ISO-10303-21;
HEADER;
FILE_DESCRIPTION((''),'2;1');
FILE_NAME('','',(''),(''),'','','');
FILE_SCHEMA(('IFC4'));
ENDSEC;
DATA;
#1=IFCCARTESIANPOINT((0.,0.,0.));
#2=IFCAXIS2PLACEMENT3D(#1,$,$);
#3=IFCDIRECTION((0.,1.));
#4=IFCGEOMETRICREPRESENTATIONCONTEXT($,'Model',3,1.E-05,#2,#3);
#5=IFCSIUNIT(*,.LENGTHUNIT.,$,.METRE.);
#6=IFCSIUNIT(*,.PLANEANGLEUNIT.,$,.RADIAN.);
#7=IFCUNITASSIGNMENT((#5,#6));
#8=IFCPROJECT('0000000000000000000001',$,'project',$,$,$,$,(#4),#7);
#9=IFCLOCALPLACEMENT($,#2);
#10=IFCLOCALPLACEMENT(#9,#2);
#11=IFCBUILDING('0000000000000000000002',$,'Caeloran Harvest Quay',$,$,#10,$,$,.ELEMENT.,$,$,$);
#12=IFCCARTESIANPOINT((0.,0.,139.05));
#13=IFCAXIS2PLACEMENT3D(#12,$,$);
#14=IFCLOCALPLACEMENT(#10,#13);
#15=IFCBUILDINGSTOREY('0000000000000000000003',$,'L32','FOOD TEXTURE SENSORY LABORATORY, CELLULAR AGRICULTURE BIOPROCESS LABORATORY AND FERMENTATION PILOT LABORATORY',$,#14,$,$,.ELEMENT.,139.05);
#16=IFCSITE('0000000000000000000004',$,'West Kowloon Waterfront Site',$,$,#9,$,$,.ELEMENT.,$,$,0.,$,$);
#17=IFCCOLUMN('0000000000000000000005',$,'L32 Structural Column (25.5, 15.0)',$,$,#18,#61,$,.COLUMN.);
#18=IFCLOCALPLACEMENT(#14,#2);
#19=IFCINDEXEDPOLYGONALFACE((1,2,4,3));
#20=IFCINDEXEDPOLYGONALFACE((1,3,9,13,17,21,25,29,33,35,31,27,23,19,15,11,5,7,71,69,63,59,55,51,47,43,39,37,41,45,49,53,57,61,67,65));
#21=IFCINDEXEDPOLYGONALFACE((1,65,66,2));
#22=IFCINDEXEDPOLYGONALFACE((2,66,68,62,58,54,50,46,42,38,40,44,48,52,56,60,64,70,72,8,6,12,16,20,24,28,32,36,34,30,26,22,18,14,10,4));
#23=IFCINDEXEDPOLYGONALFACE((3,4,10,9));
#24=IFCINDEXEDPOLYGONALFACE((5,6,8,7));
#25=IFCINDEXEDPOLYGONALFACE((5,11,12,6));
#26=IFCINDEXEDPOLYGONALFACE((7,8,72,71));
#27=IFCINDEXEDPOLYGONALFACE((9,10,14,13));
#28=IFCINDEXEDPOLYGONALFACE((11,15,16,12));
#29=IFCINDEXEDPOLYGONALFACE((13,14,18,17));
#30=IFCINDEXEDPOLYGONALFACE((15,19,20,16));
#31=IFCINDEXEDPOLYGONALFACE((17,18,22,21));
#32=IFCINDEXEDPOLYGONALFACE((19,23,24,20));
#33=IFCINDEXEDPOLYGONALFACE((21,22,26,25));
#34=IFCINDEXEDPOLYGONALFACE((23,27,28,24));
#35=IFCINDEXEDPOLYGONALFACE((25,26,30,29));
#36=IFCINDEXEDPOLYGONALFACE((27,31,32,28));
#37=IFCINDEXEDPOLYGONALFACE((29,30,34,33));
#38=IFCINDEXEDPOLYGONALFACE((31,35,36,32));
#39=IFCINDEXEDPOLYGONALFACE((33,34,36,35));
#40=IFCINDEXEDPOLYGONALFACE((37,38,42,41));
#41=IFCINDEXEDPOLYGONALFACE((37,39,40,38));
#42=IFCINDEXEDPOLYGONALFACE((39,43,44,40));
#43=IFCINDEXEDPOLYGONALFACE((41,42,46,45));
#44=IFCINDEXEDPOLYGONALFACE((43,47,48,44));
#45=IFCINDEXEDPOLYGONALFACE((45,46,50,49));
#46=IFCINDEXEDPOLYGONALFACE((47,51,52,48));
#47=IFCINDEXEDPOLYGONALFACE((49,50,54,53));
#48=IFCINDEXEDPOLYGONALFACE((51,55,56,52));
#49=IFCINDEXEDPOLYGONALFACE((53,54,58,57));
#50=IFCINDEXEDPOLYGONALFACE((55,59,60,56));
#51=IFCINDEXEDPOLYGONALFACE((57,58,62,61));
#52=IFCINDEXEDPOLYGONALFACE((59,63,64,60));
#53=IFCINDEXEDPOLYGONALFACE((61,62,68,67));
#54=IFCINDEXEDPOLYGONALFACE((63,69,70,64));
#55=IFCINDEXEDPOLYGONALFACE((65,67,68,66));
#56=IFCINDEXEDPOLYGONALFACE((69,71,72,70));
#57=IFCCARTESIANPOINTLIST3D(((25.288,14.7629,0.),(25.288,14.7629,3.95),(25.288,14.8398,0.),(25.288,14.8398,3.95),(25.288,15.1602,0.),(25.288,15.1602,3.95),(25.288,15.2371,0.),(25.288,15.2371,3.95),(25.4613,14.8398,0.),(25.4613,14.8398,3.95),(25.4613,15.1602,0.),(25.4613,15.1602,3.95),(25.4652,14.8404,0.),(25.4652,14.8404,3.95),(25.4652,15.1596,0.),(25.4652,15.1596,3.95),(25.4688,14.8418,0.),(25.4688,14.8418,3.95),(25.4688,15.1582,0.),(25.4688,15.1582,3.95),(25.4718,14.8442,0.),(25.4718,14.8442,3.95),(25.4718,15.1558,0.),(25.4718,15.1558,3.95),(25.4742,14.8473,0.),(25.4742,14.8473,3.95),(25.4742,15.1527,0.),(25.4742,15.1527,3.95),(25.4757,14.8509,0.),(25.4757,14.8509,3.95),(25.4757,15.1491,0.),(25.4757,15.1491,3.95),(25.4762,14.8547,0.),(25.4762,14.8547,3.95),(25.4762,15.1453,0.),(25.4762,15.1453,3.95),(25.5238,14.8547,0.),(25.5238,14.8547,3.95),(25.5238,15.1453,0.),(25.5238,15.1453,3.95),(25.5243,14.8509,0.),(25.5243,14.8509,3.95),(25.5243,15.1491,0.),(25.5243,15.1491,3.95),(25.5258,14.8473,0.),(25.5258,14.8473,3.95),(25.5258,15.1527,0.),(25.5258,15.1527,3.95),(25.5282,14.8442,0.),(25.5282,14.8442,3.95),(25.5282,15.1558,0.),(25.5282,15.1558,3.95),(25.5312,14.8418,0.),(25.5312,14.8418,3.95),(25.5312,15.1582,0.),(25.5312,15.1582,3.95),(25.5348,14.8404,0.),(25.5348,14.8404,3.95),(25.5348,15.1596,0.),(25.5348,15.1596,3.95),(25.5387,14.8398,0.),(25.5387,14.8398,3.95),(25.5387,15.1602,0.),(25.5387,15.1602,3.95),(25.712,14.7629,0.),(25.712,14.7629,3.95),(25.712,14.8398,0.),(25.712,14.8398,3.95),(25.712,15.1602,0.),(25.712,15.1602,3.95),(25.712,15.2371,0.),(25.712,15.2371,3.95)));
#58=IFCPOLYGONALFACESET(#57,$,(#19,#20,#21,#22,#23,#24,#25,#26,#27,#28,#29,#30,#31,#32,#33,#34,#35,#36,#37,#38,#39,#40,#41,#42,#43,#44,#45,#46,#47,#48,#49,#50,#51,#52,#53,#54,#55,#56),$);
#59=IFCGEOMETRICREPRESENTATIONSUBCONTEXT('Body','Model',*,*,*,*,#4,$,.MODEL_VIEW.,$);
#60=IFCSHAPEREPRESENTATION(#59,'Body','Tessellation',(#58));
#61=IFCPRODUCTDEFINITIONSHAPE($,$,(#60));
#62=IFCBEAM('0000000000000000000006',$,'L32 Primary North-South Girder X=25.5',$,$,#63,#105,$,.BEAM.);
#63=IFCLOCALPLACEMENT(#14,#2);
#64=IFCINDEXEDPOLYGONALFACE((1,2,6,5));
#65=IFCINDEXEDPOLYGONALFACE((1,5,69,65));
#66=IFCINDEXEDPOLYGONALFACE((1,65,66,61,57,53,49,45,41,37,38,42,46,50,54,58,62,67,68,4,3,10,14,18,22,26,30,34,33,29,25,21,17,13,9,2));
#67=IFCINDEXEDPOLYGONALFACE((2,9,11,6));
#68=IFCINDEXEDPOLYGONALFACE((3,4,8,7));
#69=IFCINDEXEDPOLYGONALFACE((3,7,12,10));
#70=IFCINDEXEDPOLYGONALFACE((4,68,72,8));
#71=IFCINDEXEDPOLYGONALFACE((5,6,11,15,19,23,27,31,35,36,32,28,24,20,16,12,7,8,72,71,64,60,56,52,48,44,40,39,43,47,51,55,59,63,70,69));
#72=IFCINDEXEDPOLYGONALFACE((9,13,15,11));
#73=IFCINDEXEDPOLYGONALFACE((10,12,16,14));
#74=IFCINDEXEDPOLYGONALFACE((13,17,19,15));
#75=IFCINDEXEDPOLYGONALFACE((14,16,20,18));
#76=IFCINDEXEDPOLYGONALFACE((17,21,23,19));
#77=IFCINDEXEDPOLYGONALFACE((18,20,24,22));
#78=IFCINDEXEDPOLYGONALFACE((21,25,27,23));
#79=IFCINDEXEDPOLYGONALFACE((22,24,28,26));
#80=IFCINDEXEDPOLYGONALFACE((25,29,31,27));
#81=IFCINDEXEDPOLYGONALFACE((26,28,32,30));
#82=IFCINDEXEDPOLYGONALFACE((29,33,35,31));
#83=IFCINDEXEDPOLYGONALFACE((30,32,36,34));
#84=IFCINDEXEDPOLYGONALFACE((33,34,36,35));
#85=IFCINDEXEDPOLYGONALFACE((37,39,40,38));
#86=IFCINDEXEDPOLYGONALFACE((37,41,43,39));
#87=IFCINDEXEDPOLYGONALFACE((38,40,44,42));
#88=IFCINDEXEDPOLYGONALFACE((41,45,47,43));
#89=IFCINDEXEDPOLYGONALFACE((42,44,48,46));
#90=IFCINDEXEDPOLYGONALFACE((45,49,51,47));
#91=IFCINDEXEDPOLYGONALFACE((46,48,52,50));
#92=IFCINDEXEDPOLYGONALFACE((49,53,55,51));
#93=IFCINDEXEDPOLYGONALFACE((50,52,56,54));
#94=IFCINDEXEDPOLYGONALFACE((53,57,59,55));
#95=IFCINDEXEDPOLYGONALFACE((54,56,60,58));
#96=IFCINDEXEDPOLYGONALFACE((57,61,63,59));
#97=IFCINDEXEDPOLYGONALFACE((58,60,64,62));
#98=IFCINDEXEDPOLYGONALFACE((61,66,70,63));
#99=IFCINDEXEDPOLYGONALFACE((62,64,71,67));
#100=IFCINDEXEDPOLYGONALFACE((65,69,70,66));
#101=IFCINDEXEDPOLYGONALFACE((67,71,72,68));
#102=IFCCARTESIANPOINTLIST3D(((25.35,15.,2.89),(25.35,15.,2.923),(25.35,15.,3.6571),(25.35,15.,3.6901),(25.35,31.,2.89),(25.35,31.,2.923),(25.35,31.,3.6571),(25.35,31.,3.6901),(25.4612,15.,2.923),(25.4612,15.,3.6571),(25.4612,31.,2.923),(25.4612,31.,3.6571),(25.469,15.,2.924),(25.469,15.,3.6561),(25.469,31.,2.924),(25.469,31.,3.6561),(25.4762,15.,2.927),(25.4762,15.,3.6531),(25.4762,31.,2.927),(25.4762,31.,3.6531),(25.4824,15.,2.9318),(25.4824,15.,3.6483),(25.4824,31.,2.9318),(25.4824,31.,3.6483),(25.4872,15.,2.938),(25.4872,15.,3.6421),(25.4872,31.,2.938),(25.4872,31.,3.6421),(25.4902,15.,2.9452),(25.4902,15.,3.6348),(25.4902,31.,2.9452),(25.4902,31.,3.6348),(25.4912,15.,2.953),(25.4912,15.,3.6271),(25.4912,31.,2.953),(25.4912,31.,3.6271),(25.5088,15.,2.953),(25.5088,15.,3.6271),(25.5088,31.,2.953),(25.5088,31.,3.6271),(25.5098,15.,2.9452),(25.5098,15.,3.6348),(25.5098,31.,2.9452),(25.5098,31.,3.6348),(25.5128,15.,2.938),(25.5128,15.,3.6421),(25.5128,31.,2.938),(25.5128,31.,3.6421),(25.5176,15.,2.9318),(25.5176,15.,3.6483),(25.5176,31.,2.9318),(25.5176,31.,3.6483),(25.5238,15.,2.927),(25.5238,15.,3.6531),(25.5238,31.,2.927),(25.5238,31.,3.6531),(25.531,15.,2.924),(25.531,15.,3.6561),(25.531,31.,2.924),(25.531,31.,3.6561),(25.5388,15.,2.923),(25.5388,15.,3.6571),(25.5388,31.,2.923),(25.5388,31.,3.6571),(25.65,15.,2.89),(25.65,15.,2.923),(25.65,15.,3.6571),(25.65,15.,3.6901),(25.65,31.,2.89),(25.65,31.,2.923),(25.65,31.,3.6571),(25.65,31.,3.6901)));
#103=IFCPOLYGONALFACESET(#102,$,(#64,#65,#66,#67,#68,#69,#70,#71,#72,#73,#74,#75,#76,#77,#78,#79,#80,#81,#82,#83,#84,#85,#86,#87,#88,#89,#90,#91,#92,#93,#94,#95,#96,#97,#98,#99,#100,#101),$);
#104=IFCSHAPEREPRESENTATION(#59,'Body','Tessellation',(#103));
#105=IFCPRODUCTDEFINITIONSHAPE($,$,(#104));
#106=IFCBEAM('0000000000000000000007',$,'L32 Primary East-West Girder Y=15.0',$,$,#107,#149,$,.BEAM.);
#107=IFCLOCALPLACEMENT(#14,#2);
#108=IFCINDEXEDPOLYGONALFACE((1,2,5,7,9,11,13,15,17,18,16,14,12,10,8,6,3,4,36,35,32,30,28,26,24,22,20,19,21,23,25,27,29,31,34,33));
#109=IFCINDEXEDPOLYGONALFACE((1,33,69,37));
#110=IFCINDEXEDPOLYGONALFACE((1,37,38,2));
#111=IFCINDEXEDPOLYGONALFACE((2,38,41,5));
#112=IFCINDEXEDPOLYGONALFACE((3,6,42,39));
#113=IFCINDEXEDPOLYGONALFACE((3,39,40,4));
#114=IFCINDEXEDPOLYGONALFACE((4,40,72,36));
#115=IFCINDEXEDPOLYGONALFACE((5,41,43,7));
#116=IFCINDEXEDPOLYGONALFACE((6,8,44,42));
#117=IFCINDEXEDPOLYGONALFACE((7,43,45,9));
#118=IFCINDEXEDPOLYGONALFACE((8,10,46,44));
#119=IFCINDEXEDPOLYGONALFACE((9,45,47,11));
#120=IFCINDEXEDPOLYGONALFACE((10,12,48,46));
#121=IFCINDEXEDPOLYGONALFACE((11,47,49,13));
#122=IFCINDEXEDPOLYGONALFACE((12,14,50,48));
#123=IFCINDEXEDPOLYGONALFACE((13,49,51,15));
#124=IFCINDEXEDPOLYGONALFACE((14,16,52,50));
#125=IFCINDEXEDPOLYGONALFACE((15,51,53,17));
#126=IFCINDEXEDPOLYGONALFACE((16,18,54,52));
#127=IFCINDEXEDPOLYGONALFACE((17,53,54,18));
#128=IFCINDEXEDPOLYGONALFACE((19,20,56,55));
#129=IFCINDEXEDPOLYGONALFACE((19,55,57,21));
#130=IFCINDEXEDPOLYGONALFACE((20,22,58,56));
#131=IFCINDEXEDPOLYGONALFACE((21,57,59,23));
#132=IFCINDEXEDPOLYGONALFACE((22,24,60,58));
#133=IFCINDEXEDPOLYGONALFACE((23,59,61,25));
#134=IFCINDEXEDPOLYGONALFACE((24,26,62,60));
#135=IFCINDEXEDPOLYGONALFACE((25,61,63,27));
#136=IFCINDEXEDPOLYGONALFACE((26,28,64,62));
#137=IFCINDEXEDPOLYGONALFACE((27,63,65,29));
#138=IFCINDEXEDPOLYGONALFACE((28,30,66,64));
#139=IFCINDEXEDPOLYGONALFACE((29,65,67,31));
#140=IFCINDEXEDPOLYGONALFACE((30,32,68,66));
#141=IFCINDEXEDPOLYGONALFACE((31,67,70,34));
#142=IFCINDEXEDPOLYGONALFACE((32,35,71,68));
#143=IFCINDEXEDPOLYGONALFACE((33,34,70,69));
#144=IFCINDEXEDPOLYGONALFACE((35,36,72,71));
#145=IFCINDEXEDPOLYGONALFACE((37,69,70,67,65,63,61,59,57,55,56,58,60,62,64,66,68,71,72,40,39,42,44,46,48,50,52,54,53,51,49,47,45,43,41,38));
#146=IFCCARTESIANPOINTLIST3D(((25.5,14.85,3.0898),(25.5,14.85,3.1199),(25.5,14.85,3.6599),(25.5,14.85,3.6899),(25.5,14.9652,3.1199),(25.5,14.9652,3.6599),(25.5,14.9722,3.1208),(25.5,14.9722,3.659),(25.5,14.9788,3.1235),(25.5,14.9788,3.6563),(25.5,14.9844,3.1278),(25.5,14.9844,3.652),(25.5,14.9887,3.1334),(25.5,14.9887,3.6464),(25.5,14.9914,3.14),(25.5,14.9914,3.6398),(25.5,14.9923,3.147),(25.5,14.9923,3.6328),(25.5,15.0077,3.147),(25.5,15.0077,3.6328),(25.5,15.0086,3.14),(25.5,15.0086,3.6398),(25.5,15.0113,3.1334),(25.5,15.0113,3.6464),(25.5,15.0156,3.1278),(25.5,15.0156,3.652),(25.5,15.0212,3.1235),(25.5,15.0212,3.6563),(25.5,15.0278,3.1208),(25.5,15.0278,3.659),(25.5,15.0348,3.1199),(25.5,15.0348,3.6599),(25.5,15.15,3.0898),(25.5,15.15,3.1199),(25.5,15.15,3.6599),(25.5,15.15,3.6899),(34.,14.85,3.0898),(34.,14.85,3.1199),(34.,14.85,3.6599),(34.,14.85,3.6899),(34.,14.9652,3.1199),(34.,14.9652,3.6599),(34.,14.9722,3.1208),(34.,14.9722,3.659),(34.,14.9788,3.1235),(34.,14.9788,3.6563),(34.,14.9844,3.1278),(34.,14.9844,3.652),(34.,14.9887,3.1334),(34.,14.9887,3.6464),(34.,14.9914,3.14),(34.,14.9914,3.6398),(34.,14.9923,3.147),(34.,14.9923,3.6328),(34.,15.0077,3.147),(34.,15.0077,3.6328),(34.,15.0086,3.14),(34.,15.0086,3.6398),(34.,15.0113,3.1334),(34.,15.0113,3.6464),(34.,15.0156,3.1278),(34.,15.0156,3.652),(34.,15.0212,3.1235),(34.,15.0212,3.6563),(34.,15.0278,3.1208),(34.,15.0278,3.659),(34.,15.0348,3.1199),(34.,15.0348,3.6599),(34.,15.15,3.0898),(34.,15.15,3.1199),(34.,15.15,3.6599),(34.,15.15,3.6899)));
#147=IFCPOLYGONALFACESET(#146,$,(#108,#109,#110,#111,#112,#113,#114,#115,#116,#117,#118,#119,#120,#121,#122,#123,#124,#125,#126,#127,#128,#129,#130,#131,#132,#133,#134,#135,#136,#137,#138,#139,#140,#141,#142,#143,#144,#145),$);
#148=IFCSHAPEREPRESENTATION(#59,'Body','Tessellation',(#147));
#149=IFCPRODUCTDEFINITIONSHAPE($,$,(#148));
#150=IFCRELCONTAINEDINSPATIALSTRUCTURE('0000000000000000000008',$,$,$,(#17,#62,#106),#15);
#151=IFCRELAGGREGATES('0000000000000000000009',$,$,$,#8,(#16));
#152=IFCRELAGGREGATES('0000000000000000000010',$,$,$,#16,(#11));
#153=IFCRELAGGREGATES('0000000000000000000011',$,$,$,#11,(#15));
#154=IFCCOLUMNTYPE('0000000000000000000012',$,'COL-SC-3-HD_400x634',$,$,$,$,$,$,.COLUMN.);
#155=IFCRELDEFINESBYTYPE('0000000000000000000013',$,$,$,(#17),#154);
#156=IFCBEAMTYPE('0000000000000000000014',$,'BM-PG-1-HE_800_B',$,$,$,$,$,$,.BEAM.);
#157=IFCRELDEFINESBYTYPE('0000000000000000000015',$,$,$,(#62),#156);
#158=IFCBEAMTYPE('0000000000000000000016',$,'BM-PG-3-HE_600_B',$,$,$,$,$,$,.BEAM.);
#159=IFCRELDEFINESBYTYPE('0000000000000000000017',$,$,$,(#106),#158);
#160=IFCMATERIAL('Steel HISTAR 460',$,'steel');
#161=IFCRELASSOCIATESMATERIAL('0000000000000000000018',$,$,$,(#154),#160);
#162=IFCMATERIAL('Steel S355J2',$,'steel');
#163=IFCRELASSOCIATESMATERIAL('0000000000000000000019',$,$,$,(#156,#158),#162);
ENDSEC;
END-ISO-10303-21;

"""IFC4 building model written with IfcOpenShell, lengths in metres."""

from ifc_helpers import new_model, si_unit, direction, frame, origin, origin_2d, place, context, subcontext, project, spatial, i_section, extrude, material, material_profile, profile_set, type_object, element, save


model = new_model("IFC4")

# Units and contexts
model_context = context("Model", 3, precision=1e-05, world=origin(), true_north=direction((0.0, 1.0)))
body_context = subcontext(model_context, "Body", "Model", "MODEL_VIEW")
ifc_project = project(units=[si_unit("LENGTHUNIT", "METRE"), si_unit("PLANEANGLEUNIT", "RADIAN")], contexts=[model_context])

# Site, building, storey
site_placement = place(None, origin())
site = spatial("IfcSite", under=ifc_project, at=site_placement, Name="West Kowloon Waterfront Site", CompositionType="ELEMENT", RefElevation=0.0)
building_placement = place(site_placement, origin())
building = spatial("IfcBuilding", under=site, at=building_placement, Name="Caeloran Harvest Quay", CompositionType="ELEMENT")
storey_placement = place(building_placement, frame((0.0, 0.0, 139.05)))
storey = spatial("IfcBuildingStorey", under=building, at=storey_placement, Name="L32", Description="FOOD TEXTURE SENSORY LABORATORY, CELLULAR AGRICULTURE BIOPROCESS LABORATORY AND FERMENTATION PILOT LABORATORY", CompositionType="ELEMENT", Elevation=139.05)

# Column
ifc_material_1 = material(Name="Steel HISTAR 460", Category="steel")
ifc_material_profile_1 = material_profile(ifc_material_1, i_section(OverallWidth=0.4241, OverallDepth=0.4741, WebThickness=0.0476, FlangeThickness=0.0769, FilletRadius=0.0149, at=origin_2d()), Name="HD 400x634")
ifc_profile_set_1 = profile_set([ifc_material_profile_1], Name="Steel HISTAR 460")
column_type = type_object("IfcColumnType", Name="COL-SC-3-HD_400x634", PredefinedType="COLUMN", material=ifc_profile_set_1)
column_placement = place(storey_placement, frame((25.5, 15.0, 0.0), z_axis=(0.0, 0.0, 1.0), x_axis=(1.0, 0.0, 0.0)))
element("IfcColumn", 1, at=column_placement, inside=storey, type_object=column_type, Name="L32 Structural Column (25.5, 15.0)", PredefinedType="COLUMN", context=body_context, shape_type="SweptSolid", body=[
    extrude(i_section(OverallWidth=0.4241, OverallDepth=0.4741, WebThickness=0.0476, FlangeThickness=0.0769, FilletRadius=0.0149, at=origin_2d()), origin(), (0.0, 0.0, 1.0), 3.95),
])

# Beams
ifc_material_2 = material(Name="Steel S355J2", Category="steel")
ifc_material_profile_2 = material_profile(ifc_material_2, i_section(OverallWidth=0.3, OverallDepth=0.8, WebThickness=0.0176, FlangeThickness=0.033, FilletRadius=0.03, at=origin_2d()), Name="HE 800 B")
ifc_profile_set_2 = profile_set([ifc_material_profile_2], Name="Steel S355J2")
beam_type_1 = type_object("IfcBeamType", Name="BM-PG-1-HE_800_B", PredefinedType="BEAM", material=ifc_profile_set_2)
beam_1_placement = place(storey_placement, frame((25.5, 15.0, 3.29), z_axis=(0.0, 1.0, 0.0), x_axis=(-1.0, 0.0, 0.0)))
element("IfcBeam", 2, at=beam_1_placement, inside=storey, type_object=beam_type_1, Name="L32 Primary North-South Girder X=25.5", PredefinedType="BEAM", context=body_context, shape_type="SweptSolid", body=[
    extrude(i_section(OverallWidth=0.3, OverallDepth=0.8, WebThickness=0.0176, FlangeThickness=0.033, FilletRadius=0.03, at=origin_2d()), origin(), (0.0, 0.0, 1.0), 16.0),
])
ifc_material_profile_3 = material_profile(ifc_material_2, i_section(OverallWidth=0.3, OverallDepth=0.6001, WebThickness=0.0154, FlangeThickness=0.03, FilletRadius=0.0271, at=origin_2d()), Name="HE 600 B")
ifc_profile_set_3 = profile_set([ifc_material_profile_3], Name="Steel S355J2")
beam_type_2 = type_object("IfcBeamType", Name="BM-PG-3-HE_600_B", PredefinedType="BEAM", material=ifc_profile_set_3)
beam_2_placement = place(storey_placement, frame((25.5, 15.0, 3.3899), z_axis=(1.0, 0.0, 0.0), x_axis=(0.0, 1.0, 0.0)))
element("IfcBeam", 3, at=beam_2_placement, inside=storey, type_object=beam_type_2, Name="L32 Primary East-West Girder Y=15.0", PredefinedType="BEAM", context=body_context, shape_type="SweptSolid", body=[
    extrude(i_section(OverallWidth=0.3, OverallDepth=0.6001, WebThickness=0.0154, FlangeThickness=0.03, FilletRadius=0.0271, at=origin_2d()), origin(), (0.0, 0.0, 1.0), 8.5),
])

save(model, "model.ifc")
